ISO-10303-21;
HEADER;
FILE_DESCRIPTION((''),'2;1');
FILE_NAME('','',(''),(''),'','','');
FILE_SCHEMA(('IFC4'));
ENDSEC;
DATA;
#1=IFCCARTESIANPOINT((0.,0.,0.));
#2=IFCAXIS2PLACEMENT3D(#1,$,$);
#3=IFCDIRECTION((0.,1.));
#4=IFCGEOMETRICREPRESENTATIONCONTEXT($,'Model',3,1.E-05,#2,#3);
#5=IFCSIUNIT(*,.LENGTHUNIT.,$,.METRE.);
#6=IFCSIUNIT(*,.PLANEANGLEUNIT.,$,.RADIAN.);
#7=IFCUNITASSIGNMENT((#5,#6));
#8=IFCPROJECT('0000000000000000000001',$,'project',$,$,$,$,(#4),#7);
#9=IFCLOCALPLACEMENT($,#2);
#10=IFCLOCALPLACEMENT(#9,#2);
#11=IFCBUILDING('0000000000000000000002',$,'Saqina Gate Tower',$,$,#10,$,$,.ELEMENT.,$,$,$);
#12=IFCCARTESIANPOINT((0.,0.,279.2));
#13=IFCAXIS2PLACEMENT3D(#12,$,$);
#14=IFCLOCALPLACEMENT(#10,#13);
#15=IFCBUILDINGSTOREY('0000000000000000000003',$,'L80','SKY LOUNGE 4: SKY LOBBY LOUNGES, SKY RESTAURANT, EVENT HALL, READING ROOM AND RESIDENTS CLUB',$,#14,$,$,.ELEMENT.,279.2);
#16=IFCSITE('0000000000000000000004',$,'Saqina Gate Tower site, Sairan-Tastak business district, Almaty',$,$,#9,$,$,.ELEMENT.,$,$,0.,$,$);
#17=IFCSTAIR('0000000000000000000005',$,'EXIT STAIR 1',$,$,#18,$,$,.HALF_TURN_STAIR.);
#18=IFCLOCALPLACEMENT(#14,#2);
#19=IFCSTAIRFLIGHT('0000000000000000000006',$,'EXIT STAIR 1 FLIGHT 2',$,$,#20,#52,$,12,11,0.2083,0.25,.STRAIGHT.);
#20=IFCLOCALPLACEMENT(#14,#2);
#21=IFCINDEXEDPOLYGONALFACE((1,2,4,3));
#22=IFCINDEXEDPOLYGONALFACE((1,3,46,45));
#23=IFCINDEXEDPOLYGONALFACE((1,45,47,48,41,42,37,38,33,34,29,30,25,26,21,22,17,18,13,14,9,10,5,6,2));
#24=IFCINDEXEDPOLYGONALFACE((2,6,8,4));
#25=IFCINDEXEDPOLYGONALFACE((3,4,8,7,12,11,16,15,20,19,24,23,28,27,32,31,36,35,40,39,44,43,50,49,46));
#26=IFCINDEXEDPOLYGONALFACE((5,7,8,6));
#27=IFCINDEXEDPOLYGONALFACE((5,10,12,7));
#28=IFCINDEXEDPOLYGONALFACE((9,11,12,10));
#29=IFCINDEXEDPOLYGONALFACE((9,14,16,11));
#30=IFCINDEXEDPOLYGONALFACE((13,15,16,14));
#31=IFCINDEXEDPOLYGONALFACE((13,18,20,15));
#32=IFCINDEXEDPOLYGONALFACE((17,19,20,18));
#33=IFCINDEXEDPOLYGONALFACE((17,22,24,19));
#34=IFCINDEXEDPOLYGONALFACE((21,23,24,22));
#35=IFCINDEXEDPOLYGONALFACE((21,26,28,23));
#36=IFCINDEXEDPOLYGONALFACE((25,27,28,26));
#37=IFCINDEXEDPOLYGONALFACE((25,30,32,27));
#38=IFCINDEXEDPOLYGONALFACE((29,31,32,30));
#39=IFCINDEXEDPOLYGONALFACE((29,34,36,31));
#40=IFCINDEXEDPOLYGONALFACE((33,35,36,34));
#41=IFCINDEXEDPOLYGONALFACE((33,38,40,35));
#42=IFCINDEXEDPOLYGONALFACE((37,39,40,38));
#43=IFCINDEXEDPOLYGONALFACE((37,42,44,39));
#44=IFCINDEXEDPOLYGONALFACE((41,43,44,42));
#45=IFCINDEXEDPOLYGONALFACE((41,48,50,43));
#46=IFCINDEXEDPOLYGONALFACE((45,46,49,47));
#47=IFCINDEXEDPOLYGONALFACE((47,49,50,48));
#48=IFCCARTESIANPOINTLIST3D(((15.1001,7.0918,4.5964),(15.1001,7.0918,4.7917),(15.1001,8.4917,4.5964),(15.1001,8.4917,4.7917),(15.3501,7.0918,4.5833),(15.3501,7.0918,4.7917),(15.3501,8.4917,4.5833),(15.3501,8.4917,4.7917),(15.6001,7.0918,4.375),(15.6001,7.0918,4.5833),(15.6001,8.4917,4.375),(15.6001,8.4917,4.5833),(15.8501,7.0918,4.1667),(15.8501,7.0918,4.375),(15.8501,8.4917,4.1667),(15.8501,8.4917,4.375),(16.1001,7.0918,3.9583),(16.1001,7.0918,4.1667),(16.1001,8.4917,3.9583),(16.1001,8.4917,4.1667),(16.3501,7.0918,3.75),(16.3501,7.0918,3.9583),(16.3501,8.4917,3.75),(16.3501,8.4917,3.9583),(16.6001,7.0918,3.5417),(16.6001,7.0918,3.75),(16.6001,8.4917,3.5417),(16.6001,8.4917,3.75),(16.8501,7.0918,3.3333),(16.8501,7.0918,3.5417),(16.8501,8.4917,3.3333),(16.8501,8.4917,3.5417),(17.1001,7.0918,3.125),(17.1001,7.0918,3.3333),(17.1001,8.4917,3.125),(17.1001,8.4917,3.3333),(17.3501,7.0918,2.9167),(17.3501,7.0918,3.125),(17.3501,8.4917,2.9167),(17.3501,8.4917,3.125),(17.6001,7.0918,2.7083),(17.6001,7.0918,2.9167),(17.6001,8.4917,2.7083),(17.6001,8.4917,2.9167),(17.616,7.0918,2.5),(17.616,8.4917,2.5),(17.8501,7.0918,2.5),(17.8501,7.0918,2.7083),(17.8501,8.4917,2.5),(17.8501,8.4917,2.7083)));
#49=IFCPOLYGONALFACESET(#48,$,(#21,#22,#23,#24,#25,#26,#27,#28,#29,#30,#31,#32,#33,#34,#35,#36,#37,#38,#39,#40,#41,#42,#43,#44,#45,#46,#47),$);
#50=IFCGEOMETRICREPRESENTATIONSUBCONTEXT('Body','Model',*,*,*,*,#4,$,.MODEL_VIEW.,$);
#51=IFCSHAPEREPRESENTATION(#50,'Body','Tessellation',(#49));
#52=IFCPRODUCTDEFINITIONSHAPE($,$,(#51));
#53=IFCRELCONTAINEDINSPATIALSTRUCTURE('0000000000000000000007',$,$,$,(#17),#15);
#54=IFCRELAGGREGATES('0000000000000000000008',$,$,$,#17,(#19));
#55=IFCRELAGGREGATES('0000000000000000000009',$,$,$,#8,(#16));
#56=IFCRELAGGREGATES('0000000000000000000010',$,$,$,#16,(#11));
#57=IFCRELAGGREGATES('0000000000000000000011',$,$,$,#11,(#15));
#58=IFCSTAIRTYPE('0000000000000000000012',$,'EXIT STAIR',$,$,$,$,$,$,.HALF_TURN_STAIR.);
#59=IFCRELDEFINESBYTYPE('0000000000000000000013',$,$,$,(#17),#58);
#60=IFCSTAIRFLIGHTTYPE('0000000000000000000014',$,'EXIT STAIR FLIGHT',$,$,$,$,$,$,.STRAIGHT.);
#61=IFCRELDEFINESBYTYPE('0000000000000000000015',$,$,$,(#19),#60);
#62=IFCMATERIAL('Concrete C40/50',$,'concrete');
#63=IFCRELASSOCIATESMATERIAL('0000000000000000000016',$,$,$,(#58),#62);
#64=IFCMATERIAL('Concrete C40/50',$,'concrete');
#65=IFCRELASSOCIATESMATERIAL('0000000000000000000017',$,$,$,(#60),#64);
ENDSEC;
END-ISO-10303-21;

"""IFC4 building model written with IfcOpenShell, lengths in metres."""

from ifc_helpers import new_model, si_unit, direction, frame, origin, place, context, subcontext, project, spatial, polyline, outline, extrude, material, type_object, element, aggregate, save


model = new_model("IFC4")

# Units and contexts
model_context = context("Model", 3, precision=1e-05, world=origin(), true_north=direction((0.0, 1.0)))
body_context = subcontext(model_context, "Body", "Model", "MODEL_VIEW")
ifc_project = project(units=[si_unit("LENGTHUNIT", "METRE"), si_unit("PLANEANGLEUNIT", "RADIAN")], contexts=[model_context])

# Site, building, storey
site_placement = place(None, origin())
site = spatial("IfcSite", under=ifc_project, at=site_placement, Name="Saqina Gate Tower site, Sairan-Tastak business district, Almaty", CompositionType="ELEMENT", RefElevation=0.0)
building_placement = place(site_placement, origin())
building = spatial("IfcBuilding", under=site, at=building_placement, Name="Saqina Gate Tower", CompositionType="ELEMENT")
storey_placement = place(building_placement, frame((0.0, 0.0, 279.2)))
storey = spatial("IfcBuildingStorey", under=building, at=storey_placement, Name="L80", Description="SKY LOUNGE 4: SKY LOBBY LOUNGES, SKY RESTAURANT, EVENT HALL, READING ROOM AND RESIDENTS CLUB", CompositionType="ELEMENT", Elevation=279.2)

# Stair, stair flight
ifc_material_1 = material(Name="Concrete C40/50", Category="concrete")
stair_type = type_object("IfcStairType", Name="EXIT STAIR", PredefinedType="HALF_TURN_STAIR", material=ifc_material_1)
stair_placement = place(storey_placement, origin())
stair = element("IfcStair", 1, at=stair_placement, inside=storey, type_object=stair_type, Name="EXIT STAIR 1", PredefinedType="HALF_TURN_STAIR")
ifc_material_2 = material(Name="Concrete C40/50", Category="concrete")
stair_flight_type = type_object("IfcStairFlightType", Name="EXIT STAIR FLIGHT", PredefinedType="STRAIGHT", material=ifc_material_2)
stair_flight_1_placement = place(storey_placement, frame((17.8501, 7.7917, 2.5), z_axis=(0.0, 0.0, 1.0), x_axis=(-1.0, 0.0, 0.0)))
stair_flight_1 = element("IfcStairFlight", 2, at=stair_flight_1_placement, type_object=stair_flight_type, Name="EXIT STAIR 1 FLIGHT 2", NumberOfRisers=12, NumberOfTreads=11, PredefinedType="STRAIGHT", RiserHeight=0.2083, TreadLength=0.25, context=body_context, shape_type="SweptSolid", body=[
    extrude(outline(polyline([(0.0, 0.0), (0.0, 0.2083), (0.25, 0.2083), (0.25, 0.4167), (0.5, 0.4167), (0.5, 0.625), (0.75, 0.625), (0.75, 0.8333), (1.0, 0.8333), (1.0, 1.0417), (1.25, 1.0417), (1.25, 1.25), (1.5, 1.25), (1.5, 1.4583), (1.75, 1.4583), (1.75, 1.6667), (2.0, 1.6667), (2.0, 1.875), (2.25, 1.875), (2.25, 2.0833), (2.5, 2.0833), (2.5, 2.2917), (2.75, 2.2917), (2.75, 2.5), (2.75, 2.0964), (0.2341, 0.0), (0.0, 0.0)])), frame((0.0, 0.7, 0.0), z_axis=(0.0, -1.0, 0.0), x_axis=(1.0, 0.0, 0.0)), (0.0, 0.0, 1.0), 1.3999),
])
aggregate(stair, [stair_flight_1])

save(model, "model.ifc")
